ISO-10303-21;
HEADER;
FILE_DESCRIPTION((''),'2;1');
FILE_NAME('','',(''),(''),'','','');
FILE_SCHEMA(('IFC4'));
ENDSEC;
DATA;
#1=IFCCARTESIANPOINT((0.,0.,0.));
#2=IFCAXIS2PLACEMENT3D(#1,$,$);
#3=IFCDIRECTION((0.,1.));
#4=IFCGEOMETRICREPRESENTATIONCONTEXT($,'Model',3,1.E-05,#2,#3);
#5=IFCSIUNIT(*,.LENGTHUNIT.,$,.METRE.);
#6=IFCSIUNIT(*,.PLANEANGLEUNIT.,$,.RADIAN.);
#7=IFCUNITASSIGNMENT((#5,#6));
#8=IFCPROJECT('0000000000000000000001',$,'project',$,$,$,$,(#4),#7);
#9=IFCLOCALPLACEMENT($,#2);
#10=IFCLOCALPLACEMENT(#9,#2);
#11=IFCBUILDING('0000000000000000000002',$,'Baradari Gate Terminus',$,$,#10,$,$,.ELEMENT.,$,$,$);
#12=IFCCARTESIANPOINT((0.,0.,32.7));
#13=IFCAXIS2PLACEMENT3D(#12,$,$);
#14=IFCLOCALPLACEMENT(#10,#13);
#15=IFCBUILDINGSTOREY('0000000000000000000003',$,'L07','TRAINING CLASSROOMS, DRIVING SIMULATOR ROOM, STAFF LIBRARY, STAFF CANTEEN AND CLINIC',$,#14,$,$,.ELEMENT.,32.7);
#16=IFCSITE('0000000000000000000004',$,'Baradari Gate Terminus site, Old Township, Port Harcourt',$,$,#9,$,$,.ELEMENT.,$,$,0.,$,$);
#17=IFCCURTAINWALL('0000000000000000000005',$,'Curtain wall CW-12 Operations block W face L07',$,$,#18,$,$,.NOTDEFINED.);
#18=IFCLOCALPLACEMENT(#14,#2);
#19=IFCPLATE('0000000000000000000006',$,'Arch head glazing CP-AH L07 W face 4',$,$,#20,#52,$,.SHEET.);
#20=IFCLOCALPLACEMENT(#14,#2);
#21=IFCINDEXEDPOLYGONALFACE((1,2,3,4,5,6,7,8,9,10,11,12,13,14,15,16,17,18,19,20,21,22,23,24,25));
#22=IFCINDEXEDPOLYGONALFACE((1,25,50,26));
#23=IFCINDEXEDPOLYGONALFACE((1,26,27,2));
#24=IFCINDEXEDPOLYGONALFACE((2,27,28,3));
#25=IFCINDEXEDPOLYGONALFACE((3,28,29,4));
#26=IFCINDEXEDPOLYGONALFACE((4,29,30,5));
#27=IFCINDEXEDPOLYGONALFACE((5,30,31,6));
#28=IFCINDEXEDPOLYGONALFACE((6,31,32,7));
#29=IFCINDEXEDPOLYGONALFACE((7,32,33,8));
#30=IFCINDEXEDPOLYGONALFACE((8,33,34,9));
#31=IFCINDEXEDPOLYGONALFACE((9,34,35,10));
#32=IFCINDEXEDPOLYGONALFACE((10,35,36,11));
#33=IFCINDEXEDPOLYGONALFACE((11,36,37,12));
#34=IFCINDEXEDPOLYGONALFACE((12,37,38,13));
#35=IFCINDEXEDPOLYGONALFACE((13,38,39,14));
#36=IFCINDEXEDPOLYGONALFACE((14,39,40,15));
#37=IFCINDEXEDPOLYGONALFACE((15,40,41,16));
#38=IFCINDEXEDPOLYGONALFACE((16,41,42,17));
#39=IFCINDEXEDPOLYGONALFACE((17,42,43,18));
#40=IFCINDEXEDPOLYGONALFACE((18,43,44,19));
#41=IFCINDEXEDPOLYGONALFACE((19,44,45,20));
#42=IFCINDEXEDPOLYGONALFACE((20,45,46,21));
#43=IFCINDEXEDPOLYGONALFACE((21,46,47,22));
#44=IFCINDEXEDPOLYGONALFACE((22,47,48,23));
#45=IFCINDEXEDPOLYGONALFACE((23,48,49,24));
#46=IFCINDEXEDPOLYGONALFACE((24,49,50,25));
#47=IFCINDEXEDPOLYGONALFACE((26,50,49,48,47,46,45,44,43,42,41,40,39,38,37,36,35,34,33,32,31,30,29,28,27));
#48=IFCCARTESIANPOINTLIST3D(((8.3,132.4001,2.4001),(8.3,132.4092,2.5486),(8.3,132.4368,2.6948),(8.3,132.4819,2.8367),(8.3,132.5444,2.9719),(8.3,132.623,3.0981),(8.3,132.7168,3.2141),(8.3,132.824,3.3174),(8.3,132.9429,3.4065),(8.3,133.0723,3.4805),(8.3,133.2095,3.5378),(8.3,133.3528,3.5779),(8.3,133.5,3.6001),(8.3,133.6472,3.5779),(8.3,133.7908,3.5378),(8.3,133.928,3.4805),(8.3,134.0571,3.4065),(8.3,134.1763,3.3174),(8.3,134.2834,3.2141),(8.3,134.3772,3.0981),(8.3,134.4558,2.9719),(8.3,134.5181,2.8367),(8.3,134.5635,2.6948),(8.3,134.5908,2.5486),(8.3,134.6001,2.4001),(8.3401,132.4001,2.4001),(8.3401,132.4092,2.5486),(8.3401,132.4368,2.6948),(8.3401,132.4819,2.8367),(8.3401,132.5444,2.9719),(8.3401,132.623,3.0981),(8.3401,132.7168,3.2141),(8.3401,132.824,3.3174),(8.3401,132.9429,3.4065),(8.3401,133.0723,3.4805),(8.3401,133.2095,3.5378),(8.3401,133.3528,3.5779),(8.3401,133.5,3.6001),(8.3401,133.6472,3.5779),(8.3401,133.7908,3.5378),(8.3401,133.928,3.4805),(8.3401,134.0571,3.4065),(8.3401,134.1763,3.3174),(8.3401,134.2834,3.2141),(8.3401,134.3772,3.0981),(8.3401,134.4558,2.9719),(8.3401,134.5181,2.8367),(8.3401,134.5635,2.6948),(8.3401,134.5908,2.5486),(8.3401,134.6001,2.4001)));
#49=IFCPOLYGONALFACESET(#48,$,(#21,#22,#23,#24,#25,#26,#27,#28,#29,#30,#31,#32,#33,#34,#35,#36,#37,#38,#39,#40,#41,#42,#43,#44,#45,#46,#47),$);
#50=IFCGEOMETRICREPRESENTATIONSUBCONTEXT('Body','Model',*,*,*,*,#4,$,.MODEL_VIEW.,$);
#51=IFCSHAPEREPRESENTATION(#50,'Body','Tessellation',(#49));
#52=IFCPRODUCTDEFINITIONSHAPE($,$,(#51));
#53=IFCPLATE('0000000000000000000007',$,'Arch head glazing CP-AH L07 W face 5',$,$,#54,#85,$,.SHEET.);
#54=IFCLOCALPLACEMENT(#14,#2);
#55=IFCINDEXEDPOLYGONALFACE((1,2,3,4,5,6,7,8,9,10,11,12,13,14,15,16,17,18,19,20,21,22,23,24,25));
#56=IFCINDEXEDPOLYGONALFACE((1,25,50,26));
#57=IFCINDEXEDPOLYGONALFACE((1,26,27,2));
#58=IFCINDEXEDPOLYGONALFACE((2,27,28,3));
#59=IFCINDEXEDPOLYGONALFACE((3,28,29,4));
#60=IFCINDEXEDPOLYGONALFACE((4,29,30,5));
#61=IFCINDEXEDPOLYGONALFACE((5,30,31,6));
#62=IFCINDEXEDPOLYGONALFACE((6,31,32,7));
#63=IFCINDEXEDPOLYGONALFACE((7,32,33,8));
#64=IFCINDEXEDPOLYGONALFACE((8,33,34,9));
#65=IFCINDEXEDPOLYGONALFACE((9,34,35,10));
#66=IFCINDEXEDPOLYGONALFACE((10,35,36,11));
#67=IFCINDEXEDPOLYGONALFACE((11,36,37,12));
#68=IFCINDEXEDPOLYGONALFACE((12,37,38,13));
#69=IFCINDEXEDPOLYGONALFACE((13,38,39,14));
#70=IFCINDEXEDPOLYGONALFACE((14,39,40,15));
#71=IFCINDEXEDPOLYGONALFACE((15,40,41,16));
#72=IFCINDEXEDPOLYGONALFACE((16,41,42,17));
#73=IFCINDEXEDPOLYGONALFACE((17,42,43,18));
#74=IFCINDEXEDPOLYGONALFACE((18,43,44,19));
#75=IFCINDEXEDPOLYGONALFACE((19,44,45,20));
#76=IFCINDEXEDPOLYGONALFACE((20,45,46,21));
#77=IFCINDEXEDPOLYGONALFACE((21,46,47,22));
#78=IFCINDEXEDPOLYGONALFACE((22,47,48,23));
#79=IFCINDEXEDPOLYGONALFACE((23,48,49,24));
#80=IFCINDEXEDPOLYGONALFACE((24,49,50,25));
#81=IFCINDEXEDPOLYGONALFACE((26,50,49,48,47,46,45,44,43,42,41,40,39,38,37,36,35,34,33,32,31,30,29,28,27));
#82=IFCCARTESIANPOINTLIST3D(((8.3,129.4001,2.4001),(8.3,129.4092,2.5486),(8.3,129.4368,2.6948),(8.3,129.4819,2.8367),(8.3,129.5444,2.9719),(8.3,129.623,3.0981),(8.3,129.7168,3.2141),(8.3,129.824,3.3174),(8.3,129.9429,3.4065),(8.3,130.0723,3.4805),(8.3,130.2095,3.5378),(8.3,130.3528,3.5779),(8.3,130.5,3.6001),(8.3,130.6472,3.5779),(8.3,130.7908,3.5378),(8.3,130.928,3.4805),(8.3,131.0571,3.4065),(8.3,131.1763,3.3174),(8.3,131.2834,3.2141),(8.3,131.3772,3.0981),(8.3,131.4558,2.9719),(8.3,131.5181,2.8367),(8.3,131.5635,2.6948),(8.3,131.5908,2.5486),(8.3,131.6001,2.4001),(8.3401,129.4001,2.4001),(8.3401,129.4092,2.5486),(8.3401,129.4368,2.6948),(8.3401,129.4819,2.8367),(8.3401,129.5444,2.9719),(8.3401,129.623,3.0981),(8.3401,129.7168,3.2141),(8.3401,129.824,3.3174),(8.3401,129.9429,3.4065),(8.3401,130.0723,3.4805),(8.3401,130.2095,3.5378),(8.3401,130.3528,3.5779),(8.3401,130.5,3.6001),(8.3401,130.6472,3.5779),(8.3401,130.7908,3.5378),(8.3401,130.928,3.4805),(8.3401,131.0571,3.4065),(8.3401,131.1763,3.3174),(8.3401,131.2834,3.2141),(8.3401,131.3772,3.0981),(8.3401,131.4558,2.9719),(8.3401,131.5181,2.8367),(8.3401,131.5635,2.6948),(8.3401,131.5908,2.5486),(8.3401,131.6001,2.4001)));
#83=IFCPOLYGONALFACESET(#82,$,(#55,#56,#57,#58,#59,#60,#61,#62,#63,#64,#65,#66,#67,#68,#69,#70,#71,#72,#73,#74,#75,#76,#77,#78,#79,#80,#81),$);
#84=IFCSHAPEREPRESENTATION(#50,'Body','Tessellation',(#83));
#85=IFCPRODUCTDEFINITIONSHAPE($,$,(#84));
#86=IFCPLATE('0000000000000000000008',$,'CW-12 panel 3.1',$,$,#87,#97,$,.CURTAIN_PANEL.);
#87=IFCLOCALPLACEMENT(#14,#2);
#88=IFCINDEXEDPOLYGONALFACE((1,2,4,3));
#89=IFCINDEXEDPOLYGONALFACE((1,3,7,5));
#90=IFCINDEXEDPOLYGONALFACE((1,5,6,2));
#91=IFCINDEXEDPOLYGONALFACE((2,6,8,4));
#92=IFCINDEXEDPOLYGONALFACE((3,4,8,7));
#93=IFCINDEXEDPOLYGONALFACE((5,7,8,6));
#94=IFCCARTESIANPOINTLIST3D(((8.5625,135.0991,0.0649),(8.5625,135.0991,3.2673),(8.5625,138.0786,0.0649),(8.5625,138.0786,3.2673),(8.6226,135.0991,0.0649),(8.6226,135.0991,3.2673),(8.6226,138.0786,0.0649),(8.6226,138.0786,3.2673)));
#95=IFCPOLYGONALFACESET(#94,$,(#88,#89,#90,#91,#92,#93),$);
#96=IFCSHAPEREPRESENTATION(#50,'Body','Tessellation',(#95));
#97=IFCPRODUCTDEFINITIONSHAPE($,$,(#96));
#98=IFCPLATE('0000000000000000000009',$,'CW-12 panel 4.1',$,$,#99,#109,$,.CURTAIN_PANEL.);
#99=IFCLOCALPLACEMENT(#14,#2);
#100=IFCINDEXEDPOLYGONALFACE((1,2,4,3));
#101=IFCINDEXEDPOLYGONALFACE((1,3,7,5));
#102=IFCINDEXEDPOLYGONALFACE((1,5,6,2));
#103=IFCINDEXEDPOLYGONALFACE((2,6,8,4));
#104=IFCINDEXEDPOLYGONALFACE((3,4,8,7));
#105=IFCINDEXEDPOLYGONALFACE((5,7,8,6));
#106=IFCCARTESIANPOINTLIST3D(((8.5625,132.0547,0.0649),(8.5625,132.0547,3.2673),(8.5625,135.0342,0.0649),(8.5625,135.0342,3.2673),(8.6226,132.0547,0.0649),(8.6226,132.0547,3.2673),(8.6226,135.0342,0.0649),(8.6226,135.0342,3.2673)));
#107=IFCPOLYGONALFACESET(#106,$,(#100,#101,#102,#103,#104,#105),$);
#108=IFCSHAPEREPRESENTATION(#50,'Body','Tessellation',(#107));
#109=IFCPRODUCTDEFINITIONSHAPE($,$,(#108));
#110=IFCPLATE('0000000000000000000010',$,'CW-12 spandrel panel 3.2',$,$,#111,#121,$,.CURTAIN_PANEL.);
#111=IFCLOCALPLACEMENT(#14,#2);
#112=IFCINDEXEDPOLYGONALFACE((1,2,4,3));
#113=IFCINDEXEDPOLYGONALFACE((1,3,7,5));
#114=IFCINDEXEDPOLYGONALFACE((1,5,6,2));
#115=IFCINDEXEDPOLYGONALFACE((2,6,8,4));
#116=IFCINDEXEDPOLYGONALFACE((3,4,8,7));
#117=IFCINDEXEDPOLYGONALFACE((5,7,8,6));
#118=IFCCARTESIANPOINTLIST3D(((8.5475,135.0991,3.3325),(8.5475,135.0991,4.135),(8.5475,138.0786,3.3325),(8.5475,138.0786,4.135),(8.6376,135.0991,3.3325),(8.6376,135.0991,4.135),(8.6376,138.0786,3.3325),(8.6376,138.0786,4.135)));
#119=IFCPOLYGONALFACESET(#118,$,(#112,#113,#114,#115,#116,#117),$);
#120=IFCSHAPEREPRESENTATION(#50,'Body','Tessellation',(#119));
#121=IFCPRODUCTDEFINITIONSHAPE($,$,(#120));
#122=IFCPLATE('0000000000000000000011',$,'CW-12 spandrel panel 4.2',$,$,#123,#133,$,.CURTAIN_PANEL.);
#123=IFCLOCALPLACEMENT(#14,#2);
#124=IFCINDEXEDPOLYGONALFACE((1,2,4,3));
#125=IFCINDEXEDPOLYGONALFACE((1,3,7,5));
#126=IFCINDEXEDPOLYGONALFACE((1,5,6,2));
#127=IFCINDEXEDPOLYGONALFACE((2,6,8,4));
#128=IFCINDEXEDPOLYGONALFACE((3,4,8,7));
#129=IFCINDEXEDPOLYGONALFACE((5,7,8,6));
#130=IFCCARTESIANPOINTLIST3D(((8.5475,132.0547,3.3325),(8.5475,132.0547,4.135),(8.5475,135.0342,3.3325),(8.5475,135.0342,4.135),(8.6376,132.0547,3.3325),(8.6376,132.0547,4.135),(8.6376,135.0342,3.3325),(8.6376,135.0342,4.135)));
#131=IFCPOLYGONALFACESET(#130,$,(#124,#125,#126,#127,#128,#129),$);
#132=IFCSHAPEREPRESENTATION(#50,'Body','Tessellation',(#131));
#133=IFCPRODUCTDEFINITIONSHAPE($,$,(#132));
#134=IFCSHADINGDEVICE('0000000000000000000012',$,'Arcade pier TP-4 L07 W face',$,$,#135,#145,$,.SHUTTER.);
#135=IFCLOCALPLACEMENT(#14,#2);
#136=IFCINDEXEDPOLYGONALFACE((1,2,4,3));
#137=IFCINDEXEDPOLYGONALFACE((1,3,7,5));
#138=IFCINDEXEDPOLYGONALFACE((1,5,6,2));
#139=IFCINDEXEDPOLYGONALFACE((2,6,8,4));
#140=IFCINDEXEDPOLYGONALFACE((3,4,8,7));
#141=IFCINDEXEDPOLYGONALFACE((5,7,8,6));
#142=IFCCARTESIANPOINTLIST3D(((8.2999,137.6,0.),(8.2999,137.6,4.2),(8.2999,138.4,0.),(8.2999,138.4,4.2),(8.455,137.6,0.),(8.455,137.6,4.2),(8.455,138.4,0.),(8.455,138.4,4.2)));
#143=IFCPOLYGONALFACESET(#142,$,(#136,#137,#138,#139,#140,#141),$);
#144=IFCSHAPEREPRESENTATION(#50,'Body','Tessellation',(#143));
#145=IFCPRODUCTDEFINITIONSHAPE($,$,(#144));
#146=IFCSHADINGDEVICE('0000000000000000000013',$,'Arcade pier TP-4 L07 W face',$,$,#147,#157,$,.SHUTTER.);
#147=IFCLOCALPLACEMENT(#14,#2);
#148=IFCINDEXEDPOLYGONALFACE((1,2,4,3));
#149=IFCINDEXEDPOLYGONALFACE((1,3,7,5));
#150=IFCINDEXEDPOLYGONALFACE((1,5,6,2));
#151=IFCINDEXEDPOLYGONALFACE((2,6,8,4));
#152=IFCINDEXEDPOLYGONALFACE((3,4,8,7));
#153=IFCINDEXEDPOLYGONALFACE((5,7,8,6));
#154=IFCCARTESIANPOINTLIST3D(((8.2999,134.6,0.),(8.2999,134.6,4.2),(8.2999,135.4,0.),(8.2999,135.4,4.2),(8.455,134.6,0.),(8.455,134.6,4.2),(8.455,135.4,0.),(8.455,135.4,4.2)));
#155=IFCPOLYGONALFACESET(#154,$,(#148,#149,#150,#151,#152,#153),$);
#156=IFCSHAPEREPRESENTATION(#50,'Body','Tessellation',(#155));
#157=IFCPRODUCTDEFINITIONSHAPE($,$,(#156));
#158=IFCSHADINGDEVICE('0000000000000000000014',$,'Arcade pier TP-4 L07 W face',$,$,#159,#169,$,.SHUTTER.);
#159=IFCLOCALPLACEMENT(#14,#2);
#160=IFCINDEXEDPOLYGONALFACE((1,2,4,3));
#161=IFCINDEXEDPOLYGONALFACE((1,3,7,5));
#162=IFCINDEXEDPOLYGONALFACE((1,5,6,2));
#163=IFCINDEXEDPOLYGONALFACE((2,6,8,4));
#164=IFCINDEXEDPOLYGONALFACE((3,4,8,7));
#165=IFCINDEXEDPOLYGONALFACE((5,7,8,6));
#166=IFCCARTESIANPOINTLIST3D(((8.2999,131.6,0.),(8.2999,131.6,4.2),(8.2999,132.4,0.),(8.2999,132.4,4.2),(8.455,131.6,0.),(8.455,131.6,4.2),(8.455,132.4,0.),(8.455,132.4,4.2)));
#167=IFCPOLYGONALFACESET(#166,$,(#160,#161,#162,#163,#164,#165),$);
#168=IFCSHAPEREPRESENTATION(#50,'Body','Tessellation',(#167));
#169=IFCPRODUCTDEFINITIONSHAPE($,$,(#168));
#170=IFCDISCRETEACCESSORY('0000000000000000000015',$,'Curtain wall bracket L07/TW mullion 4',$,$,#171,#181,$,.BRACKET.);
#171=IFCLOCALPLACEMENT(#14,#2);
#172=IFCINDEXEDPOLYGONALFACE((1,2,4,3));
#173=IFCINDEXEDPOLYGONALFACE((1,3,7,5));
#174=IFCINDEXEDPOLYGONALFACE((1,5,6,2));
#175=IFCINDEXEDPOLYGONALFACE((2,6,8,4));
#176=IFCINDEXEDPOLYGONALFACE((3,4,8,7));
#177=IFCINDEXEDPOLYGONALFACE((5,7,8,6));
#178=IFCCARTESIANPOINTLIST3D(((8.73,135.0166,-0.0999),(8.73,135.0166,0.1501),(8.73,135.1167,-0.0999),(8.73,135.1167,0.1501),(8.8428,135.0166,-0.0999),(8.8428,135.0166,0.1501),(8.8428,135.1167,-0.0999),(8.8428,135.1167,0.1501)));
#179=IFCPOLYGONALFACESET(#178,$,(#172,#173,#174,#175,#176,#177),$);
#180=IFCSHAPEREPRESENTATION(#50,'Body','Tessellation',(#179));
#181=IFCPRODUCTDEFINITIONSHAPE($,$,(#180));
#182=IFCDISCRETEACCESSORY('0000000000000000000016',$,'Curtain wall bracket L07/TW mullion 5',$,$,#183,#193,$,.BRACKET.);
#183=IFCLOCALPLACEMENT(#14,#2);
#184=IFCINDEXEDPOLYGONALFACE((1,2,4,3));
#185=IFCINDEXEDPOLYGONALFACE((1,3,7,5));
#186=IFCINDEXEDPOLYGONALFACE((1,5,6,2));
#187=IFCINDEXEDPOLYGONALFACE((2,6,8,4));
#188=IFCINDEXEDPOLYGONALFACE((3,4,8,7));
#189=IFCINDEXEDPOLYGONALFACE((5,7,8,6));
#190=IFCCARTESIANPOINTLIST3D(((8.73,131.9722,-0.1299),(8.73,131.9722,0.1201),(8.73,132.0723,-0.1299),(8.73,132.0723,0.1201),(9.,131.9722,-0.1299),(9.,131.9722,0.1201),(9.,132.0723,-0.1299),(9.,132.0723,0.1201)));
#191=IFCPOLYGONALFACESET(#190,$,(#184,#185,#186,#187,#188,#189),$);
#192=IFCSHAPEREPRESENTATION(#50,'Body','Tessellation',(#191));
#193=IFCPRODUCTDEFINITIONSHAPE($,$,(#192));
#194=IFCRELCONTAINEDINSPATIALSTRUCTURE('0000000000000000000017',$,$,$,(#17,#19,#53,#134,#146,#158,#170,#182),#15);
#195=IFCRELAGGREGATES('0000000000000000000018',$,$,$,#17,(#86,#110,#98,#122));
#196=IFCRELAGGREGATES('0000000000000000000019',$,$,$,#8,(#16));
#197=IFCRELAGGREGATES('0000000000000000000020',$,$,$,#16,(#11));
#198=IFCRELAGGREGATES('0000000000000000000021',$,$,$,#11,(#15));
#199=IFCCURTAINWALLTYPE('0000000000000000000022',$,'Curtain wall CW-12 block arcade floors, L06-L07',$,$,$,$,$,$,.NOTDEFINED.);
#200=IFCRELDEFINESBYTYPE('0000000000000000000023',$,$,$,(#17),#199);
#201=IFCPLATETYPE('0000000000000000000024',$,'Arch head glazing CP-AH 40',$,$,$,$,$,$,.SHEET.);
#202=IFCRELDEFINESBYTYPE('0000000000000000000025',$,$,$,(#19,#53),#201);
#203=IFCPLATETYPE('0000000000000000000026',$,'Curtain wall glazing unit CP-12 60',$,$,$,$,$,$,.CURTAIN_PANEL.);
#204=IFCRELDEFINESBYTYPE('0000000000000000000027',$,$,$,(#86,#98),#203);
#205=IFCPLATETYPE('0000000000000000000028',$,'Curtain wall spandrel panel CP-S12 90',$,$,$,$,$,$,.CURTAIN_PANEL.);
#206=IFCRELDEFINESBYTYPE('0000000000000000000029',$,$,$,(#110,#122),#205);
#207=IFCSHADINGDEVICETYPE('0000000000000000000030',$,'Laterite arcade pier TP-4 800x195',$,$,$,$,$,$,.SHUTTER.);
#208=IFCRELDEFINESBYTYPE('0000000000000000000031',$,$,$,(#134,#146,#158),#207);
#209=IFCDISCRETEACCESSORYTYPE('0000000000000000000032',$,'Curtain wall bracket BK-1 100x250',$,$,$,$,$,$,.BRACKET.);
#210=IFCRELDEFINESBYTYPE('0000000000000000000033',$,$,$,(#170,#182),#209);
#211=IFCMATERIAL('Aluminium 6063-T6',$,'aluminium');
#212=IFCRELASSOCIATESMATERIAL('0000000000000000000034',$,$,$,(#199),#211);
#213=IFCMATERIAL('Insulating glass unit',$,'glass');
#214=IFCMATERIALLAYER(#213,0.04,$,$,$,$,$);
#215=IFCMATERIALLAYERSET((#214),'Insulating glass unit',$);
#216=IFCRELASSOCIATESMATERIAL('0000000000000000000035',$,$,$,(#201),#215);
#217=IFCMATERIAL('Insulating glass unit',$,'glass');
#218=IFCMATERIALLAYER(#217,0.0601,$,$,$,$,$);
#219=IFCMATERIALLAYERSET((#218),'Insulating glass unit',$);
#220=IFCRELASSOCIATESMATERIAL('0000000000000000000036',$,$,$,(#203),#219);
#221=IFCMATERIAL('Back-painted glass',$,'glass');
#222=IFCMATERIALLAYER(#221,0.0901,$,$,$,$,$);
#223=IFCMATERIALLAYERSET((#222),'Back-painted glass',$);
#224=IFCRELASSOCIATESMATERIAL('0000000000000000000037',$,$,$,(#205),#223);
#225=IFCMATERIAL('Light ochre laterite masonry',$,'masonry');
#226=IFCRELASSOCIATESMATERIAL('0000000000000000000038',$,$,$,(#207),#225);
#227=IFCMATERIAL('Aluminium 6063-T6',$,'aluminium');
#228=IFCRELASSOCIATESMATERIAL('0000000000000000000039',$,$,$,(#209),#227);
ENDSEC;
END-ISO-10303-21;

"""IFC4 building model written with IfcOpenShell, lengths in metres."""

from ifc_helpers import new_model, si_unit, direction, frame, origin, origin_2d, place, context, subcontext, project, spatial, polyline, rectangle, outline, extrude, material, layer, layer_set, type_object, element, aggregate, save


model = new_model("IFC4")

# Units and contexts
model_context = context("Model", 3, precision=1e-05, world=origin(), true_north=direction((0.0, 1.0)))
body_context = subcontext(model_context, "Body", "Model", "MODEL_VIEW")
ifc_project = project(units=[si_unit("LENGTHUNIT", "METRE"), si_unit("PLANEANGLEUNIT", "RADIAN")], contexts=[model_context])

# Site, building, storey
site_placement = place(None, origin())
site = spatial("IfcSite", under=ifc_project, at=site_placement, Name="Baradari Gate Terminus site, Old Township, Port Harcourt", CompositionType="ELEMENT", RefElevation=0.0)
building_placement = place(site_placement, origin())
building = spatial("IfcBuilding", under=site, at=building_placement, Name="Baradari Gate Terminus", CompositionType="ELEMENT")
storey_placement = place(building_placement, frame((0.0, 0.0, 32.7)))
storey = spatial("IfcBuildingStorey", under=building, at=storey_placement, Name="L07", Description="TRAINING CLASSROOMS, DRIVING SIMULATOR ROOM, STAFF LIBRARY, STAFF CANTEEN AND CLINIC", CompositionType="ELEMENT", Elevation=32.7)

# Curtain wall
ifc_material_1 = material(Name="Aluminium 6063-T6", Category="aluminium")
curtain_wall_type = type_object("IfcCurtainWallType", Name="Curtain wall CW-12 block arcade floors, L06-L07", PredefinedType="NOTDEFINED", material=ifc_material_1)
curtain_wall_placement = place(storey_placement, origin())
curtain_wall = element("IfcCurtainWall", 1, at=curtain_wall_placement, inside=storey, type_object=curtain_wall_type, Name="Curtain wall CW-12 Operations block W face L07", PredefinedType="NOTDEFINED")

# Plates
ifc_material_2 = material(Name="Insulating glass unit", Category="glass")
ifc_layer_1 = layer(ifc_material_2, 0.04)
ifc_layer_set_1 = layer_set([ifc_layer_1], Name="Insulating glass unit")
plate_type_1 = type_object("IfcPlateType", Name="Arch head glazing CP-AH 40", PredefinedType="SHEET", material=ifc_layer_set_1)
for number, where, z_axis, x_axis, name in (
    (2, (8.3201, 134.6001, 2.4001), (0.0, 0.0, 1.0), (0.0, -1.0, 0.0), "Arch head glazing CP-AH L07 W face 4"),
    (3, (8.3201, 131.6001, 2.4001), (0.0, 0.0, 1.0), (0.0, -1.0, 0.0), "Arch head glazing CP-AH L07 W face 5"),
):
    element("IfcPlate", number, at=place(storey_placement, frame(where, z_axis=z_axis, x_axis=x_axis)), inside=storey, type_object=plate_type_1, Name=name, PredefinedType="SHEET", context=body_context, shape_type="SweptSolid", body=[
        extrude(outline(polyline([(0.0, 0.0), (2.2, 0.0), (2.1909, 0.1484), (2.1633, 0.2947), (2.1182, 0.4365), (2.0557, 0.5718), (1.9771, 0.698), (1.8833, 0.814), (1.7761, 0.9172), (1.6572, 1.0063), (1.5278, 1.0803), (1.3906, 1.1377), (1.2473, 1.1777), (1.1001, 1.2), (0.9529, 1.1777), (0.8093, 1.1377), (0.6721, 1.0803), (0.543, 1.0063), (0.4238, 0.9172), (0.3167, 0.814), (0.2229, 0.698), (0.1443, 0.5718), (0.082, 0.4365), (0.0366, 0.2947), (0.0093, 0.1484), (0.0, 0.0)])), frame((0.0, 0.02, 0.0), z_axis=(0.0, -1.0, 0.0), x_axis=(1.0, 0.0, 0.0)), (0.0, 0.0, 1.0), 0.04),
    ])

# Plates
ifc_material_3 = material(Name="Insulating glass unit", Category="glass")
ifc_layer_2 = layer(ifc_material_3, 0.0601)
ifc_layer_set_2 = layer_set([ifc_layer_2], Name="Insulating glass unit")
plate_type_2 = type_object("IfcPlateType", Name="Curtain wall glazing unit CP-12 60", PredefinedType="CURTAIN_PANEL", material=ifc_layer_set_2)
plate_1_placement = place(storey_placement, frame((8.5925, 136.5889, 0.0649), z_axis=(0.0, 0.0, 1.0), x_axis=(0.0, -1.0, 0.0)))
plate_1 = element("IfcPlate", 4, at=plate_1_placement, type_object=plate_type_2, Name="CW-12 panel 3.1", PredefinedType="CURTAIN_PANEL", context=body_context, shape_type="SweptSolid", body=[
    extrude(rectangle(XDim=2.9795, YDim=0.0601, at=origin_2d()), origin(), (0.0, 0.0, 1.0), 3.2024),
])
plate_2_placement = place(storey_placement, frame((8.5925, 133.5444, 0.0649), z_axis=(0.0, 0.0, 1.0), x_axis=(0.0, -1.0, 0.0)))
plate_2 = element("IfcPlate", 5, at=plate_2_placement, type_object=plate_type_2, Name="CW-12 panel 4.1", PredefinedType="CURTAIN_PANEL", context=body_context, shape_type="SweptSolid", body=[
    extrude(rectangle(XDim=2.9795, YDim=0.0601, at=origin_2d()), origin(), (0.0, 0.0, 1.0), 3.2024),
])
ifc_material_4 = material(Name="Back-painted glass", Category="glass")
ifc_layer_3 = layer(ifc_material_4, 0.0901)
ifc_layer_set_3 = layer_set([ifc_layer_3], Name="Back-painted glass")
plate_type_3 = type_object("IfcPlateType", Name="Curtain wall spandrel panel CP-S12 90", PredefinedType="CURTAIN_PANEL", material=ifc_layer_set_3)
plate_3_placement = place(storey_placement, frame((8.5925, 136.5889, 3.3325), z_axis=(0.0, 0.0, 1.0), x_axis=(0.0, -1.0, 0.0)))
plate_3 = element("IfcPlate", 6, at=plate_3_placement, type_object=plate_type_3, Name="CW-12 spandrel panel 3.2", PredefinedType="CURTAIN_PANEL", context=body_context, shape_type="SweptSolid", body=[
    extrude(rectangle(XDim=2.9795, YDim=0.0901, at=origin_2d()), origin(), (0.0, 0.0, 1.0), 0.8025),
])
plate_4_placement = place(storey_placement, frame((8.5925, 133.5444, 3.3325), z_axis=(0.0, 0.0, 1.0), x_axis=(0.0, -1.0, 0.0)))
plate_4 = element("IfcPlate", 7, at=plate_4_placement, type_object=plate_type_3, Name="CW-12 spandrel panel 4.2", PredefinedType="CURTAIN_PANEL", context=body_context, shape_type="SweptSolid", body=[
    extrude(rectangle(XDim=2.9795, YDim=0.0901, at=origin_2d()), origin(), (0.0, 0.0, 1.0), 0.8025),
])
aggregate(curtain_wall, [plate_1, plate_3, plate_2, plate_4])

# Shading devices
ifc_material_5 = material(Name="Light ochre laterite masonry", Category="masonry")
shading_device_type = type_object("IfcShadingDeviceType", Name="Laterite arcade pier TP-4 800x195", PredefinedType="SHUTTER", material=ifc_material_5)
for number, where, z_axis, x_axis, name in (
    (8, (8.3774, 138.0, 0.0), (0.0, 0.0, 1.0), (0.0, -1.0, 0.0), "Arcade pier TP-4 L07 W face"),
    (9, (8.3774, 135.0, 0.0), (0.0, 0.0, 1.0), (0.0, -1.0, 0.0), "Arcade pier TP-4 L07 W face"),
    (10, (8.3774, 132.0, 0.0), (0.0, 0.0, 1.0), (0.0, -1.0, 0.0), "Arcade pier TP-4 L07 W face"),
):
    element("IfcShadingDevice", number, at=place(storey_placement, frame(where, z_axis=z_axis, x_axis=x_axis)), inside=storey, type_object=shading_device_type, Name=name, PredefinedType="SHUTTER", context=body_context, shape_type="SweptSolid", body=[
        extrude(rectangle(XDim=0.8, YDim=0.155, at=origin_2d()), origin(), (0.0, 0.0, 1.0), 4.2),
    ])

# Discrete accessories
ifc_material_6 = material(Name="Aluminium 6063-T6", Category="aluminium")
discrete_accessory_type = type_object("IfcDiscreteAccessoryType", Name="Curtain wall bracket BK-1 100x250", PredefinedType="BRACKET", material=ifc_material_6)
discrete_accessory_1_placement = place(storey_placement, frame((8.7864, 135.0667, -0.0999), z_axis=(0.0, 0.0, 1.0), x_axis=(-1.0, 0.0, 0.0)))
element("IfcDiscreteAccessory", 11, at=discrete_accessory_1_placement, inside=storey, type_object=discrete_accessory_type, Name="Curtain wall bracket L07/TW mullion 4", PredefinedType="BRACKET", context=body_context, shape_type="SweptSolid", body=[
    extrude(rectangle(XDim=0.1128, YDim=0.1001, at=origin_2d()), origin(), (0.0, 0.0, 1.0), 0.25),
])
discrete_accessory_2_placement = place(storey_placement, frame((8.865, 132.0222, -0.1299), z_axis=(0.0, 0.0, 1.0), x_axis=(-1.0, 0.0, 0.0)))
element("IfcDiscreteAccessory", 12, at=discrete_accessory_2_placement, inside=storey, type_object=discrete_accessory_type, Name="Curtain wall bracket L07/TW mullion 5", PredefinedType="BRACKET", context=body_context, shape_type="SweptSolid", body=[
    extrude(rectangle(XDim=0.27, YDim=0.1001, at=origin_2d()), origin(), (0.0, 0.0, 1.0), 0.25),
])

save(model, "model.ifc")
